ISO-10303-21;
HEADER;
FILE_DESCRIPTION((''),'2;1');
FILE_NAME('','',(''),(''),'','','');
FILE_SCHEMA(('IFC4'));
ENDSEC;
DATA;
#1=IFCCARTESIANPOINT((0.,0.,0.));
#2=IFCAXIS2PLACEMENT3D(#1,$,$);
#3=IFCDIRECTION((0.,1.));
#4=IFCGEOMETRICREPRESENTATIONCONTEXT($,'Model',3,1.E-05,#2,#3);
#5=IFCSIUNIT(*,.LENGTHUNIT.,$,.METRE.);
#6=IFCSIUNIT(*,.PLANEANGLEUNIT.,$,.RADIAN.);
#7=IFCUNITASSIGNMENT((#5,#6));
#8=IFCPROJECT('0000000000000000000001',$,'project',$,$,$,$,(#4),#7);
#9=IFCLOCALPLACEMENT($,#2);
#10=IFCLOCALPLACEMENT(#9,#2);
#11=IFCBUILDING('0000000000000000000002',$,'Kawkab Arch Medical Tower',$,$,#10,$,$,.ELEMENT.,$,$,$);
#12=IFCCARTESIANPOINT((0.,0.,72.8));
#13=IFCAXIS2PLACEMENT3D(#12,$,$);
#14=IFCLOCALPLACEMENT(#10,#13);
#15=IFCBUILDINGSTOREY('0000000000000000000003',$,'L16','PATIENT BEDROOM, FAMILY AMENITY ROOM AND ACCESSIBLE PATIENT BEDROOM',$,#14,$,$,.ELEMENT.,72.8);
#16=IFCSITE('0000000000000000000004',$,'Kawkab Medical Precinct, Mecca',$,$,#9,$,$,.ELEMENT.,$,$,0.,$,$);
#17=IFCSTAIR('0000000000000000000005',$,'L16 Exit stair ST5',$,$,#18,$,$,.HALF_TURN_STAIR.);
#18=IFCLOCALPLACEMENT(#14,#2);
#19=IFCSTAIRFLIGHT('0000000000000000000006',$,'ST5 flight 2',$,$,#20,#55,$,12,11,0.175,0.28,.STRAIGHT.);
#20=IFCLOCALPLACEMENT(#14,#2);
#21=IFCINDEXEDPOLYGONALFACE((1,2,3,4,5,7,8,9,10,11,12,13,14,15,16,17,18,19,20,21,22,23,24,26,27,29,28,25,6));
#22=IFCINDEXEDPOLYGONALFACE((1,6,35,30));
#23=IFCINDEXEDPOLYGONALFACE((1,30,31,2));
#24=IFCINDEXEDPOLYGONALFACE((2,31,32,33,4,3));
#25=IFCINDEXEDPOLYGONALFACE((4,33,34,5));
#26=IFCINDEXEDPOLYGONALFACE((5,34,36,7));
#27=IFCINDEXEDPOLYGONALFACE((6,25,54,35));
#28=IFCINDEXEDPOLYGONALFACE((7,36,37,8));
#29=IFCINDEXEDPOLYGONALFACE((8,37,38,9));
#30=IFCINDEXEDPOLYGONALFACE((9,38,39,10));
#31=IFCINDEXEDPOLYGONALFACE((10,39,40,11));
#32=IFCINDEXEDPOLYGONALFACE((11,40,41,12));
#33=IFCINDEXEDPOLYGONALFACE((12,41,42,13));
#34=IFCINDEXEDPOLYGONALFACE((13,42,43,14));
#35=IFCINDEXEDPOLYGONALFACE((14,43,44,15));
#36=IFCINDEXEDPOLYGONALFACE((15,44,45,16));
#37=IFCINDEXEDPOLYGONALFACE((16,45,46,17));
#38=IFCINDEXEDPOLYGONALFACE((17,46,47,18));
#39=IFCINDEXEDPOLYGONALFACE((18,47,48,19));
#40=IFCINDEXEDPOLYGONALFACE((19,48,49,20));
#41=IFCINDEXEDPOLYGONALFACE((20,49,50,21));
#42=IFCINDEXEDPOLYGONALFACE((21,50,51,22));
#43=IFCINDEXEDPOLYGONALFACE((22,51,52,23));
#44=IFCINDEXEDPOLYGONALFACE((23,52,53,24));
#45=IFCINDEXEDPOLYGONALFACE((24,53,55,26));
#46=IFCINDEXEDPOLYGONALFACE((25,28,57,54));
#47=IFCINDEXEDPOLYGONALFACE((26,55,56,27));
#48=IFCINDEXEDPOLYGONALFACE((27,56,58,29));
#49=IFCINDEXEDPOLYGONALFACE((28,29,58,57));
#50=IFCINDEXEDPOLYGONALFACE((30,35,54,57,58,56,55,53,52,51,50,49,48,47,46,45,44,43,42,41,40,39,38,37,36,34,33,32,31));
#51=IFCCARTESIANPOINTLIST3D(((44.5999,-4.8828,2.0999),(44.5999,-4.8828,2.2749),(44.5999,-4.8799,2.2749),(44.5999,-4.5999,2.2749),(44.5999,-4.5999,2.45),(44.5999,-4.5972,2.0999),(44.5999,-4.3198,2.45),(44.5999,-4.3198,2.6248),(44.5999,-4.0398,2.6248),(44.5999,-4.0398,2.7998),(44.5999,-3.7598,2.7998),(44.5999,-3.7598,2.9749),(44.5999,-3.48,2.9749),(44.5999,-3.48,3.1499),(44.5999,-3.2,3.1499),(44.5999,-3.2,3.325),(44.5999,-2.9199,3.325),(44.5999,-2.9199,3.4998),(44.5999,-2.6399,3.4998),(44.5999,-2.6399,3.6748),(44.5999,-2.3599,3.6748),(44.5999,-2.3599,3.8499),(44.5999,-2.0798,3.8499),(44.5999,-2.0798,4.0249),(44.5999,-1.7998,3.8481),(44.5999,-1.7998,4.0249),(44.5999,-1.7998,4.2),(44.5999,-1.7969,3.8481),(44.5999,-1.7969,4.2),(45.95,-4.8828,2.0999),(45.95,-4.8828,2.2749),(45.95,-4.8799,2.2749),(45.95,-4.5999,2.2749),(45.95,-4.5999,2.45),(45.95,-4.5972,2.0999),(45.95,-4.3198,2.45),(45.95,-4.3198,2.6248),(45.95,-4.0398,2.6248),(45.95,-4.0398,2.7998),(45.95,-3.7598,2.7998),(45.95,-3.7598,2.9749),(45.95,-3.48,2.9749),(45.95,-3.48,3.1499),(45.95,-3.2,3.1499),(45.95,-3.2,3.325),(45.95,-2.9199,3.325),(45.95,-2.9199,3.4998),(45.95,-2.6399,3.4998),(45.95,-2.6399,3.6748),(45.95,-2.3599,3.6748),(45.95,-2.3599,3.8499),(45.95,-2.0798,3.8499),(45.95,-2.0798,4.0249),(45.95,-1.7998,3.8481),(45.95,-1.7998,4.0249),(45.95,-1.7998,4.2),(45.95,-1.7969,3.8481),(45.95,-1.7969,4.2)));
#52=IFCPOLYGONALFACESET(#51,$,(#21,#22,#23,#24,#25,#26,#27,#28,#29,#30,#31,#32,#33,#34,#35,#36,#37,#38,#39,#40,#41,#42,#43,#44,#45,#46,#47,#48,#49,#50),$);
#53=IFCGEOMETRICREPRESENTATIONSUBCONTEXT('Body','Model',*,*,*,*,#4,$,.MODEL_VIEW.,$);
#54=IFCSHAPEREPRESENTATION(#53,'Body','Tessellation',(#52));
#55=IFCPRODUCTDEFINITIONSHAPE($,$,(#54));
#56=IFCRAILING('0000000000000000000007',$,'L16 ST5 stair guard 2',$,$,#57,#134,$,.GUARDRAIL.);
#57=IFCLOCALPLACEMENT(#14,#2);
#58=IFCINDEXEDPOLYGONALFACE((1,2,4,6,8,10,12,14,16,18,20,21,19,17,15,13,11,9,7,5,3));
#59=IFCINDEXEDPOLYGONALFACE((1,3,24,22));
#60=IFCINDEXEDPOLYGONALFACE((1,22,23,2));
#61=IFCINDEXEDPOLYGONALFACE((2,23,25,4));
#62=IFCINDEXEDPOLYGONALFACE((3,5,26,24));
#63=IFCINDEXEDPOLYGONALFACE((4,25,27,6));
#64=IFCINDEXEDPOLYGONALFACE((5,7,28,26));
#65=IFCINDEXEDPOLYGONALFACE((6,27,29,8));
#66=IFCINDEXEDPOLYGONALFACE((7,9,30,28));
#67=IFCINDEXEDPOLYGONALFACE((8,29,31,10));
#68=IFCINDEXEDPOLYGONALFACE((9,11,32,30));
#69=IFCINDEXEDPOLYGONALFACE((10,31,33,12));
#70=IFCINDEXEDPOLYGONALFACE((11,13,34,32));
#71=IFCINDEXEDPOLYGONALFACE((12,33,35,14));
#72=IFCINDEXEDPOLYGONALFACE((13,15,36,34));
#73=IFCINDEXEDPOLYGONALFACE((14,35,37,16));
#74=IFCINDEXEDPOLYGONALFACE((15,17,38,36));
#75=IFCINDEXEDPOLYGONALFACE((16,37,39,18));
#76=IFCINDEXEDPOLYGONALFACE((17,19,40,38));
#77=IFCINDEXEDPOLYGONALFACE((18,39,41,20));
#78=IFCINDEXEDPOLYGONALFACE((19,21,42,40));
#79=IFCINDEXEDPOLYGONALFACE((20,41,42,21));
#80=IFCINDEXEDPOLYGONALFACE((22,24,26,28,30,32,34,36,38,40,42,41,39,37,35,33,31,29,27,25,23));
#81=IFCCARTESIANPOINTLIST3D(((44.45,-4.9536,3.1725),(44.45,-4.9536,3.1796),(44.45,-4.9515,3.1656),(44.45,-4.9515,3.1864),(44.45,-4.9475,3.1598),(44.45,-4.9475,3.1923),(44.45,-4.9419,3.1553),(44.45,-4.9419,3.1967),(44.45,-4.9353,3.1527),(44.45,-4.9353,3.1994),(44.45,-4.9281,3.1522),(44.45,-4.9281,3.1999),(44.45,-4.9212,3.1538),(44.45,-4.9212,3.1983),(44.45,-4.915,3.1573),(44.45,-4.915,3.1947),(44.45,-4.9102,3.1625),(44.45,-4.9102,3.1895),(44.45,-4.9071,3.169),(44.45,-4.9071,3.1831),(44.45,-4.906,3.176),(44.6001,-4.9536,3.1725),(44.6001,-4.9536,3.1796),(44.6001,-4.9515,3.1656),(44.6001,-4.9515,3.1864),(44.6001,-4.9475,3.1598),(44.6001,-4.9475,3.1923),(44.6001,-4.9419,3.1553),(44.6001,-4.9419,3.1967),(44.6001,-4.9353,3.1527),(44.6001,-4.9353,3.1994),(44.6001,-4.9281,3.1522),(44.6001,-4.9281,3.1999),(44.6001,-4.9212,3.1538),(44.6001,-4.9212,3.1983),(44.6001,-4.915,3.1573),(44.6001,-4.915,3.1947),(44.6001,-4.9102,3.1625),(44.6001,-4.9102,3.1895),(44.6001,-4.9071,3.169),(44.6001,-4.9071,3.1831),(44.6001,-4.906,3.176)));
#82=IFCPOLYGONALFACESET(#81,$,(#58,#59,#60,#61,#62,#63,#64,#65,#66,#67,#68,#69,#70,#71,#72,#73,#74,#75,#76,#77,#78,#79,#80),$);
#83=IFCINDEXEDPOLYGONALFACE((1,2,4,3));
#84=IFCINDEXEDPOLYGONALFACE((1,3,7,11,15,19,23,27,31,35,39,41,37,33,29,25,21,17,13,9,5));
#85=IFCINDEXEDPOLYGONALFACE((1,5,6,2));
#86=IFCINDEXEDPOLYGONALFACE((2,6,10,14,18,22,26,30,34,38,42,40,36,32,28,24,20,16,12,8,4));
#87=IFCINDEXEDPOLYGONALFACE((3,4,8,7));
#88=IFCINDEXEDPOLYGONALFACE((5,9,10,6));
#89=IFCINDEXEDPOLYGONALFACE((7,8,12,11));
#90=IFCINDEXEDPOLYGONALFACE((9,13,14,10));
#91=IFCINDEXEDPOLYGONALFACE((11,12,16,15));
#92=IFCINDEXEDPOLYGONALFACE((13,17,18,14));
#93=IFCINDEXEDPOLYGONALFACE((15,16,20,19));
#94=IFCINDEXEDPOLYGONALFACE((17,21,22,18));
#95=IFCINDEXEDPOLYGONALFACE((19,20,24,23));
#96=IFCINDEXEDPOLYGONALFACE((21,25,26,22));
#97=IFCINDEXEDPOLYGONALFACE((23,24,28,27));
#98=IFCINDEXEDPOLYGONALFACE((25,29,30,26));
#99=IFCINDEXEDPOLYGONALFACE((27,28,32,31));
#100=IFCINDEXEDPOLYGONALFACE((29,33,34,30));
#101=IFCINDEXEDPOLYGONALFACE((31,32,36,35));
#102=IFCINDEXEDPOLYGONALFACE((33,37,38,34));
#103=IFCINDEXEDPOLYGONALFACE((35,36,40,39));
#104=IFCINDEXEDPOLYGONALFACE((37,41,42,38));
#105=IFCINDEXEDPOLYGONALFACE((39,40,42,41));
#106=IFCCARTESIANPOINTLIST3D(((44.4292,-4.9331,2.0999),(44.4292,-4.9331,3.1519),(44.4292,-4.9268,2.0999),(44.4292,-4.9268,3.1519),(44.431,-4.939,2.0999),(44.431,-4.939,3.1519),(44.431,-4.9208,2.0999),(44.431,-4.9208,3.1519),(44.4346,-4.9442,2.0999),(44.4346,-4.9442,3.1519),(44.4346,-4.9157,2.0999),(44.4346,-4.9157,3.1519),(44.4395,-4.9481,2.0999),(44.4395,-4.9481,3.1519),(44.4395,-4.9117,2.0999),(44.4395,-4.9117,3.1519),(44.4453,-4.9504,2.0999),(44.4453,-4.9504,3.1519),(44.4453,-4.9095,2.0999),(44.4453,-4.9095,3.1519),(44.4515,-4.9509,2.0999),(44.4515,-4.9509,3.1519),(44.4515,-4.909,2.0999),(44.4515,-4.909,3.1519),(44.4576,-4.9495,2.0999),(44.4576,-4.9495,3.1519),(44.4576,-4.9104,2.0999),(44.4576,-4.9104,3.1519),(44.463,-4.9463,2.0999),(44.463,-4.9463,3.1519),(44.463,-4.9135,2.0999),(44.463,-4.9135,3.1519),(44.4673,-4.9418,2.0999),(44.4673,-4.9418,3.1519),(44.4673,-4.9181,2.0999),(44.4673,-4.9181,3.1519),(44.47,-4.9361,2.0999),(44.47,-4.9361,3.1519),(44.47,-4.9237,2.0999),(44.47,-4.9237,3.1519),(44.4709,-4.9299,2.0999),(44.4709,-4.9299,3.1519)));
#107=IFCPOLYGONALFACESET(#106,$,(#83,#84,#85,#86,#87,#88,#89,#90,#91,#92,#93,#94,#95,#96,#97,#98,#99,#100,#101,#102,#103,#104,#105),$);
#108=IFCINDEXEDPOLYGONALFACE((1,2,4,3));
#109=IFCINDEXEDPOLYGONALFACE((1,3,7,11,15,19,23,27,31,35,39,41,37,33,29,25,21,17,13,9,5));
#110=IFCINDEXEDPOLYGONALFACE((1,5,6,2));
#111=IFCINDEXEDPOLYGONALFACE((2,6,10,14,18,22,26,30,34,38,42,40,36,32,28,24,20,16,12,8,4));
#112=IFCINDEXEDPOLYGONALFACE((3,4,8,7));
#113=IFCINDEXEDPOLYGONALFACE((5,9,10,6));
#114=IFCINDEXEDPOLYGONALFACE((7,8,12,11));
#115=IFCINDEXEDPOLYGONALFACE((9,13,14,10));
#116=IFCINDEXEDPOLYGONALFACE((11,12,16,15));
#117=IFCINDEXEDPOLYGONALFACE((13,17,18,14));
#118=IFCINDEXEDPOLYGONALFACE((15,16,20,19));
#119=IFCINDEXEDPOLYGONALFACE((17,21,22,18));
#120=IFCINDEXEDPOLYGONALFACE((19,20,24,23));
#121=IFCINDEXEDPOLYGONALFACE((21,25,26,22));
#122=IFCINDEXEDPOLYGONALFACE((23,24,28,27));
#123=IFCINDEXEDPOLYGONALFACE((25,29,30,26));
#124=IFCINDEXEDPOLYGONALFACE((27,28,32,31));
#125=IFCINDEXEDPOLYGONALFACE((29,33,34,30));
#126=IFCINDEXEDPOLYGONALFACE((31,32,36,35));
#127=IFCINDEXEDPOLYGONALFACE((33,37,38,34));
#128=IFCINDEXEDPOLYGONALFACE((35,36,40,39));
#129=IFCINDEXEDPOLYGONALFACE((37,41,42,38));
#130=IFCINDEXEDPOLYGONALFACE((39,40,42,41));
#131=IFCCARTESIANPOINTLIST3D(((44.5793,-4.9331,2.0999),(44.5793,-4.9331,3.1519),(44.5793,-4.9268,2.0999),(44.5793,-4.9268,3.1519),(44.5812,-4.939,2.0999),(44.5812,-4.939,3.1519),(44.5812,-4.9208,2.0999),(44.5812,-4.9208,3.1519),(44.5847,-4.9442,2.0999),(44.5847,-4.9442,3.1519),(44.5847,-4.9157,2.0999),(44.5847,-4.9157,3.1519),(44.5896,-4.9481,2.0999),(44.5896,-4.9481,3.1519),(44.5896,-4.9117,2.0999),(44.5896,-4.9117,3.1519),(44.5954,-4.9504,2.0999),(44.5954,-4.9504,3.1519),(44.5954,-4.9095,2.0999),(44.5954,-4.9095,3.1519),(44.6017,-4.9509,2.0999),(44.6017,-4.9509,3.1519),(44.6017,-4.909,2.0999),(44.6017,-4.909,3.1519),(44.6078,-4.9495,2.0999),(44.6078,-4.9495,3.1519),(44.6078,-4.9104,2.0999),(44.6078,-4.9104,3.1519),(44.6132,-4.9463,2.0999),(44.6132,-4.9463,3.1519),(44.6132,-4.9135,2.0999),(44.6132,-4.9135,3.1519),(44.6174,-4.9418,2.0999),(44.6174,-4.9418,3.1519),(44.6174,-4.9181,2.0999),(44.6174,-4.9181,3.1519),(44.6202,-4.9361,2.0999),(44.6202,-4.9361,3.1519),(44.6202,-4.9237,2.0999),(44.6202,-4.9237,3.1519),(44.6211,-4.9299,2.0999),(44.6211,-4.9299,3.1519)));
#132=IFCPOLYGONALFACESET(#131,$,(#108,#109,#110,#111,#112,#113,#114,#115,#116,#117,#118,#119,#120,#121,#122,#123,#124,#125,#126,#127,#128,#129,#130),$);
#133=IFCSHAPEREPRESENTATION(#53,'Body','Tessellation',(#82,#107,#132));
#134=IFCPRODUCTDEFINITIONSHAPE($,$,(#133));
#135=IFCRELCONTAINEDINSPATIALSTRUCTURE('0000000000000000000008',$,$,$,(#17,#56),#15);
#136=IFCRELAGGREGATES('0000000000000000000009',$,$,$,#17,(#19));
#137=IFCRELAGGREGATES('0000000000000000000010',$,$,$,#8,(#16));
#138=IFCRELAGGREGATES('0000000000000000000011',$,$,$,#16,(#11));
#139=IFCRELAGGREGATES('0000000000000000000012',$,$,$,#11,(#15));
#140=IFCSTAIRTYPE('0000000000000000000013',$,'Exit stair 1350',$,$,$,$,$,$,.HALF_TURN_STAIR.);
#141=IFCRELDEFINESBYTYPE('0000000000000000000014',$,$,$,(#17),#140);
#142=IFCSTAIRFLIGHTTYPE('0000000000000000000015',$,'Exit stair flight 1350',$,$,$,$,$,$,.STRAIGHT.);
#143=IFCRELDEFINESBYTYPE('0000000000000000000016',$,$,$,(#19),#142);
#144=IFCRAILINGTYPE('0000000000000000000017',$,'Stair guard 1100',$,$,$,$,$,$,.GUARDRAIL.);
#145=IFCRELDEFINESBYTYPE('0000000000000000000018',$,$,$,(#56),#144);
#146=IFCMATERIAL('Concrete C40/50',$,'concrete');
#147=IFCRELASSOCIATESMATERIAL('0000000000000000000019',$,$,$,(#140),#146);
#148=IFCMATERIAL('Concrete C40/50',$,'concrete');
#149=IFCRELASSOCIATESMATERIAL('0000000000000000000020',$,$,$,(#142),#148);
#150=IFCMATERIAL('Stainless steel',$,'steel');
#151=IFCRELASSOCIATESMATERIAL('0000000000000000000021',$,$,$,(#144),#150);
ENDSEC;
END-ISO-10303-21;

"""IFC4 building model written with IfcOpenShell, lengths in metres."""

from ifc_helpers import new_model, si_unit, direction, frame, origin, origin_2d, place, context, subcontext, project, spatial, polyline, circle, outline, extrude, material, type_object, element, aggregate, save


model = new_model("IFC4")

# Units and contexts
model_context = context("Model", 3, precision=1e-05, world=origin(), true_north=direction((0.0, 1.0)))
body_context = subcontext(model_context, "Body", "Model", "MODEL_VIEW")
ifc_project = project(units=[si_unit("LENGTHUNIT", "METRE"), si_unit("PLANEANGLEUNIT", "RADIAN")], contexts=[model_context])

# Site, building, storey
site_placement = place(None, origin())
site = spatial("IfcSite", under=ifc_project, at=site_placement, Name="Kawkab Medical Precinct, Mecca", CompositionType="ELEMENT", RefElevation=0.0)
building_placement = place(site_placement, origin())
building = spatial("IfcBuilding", under=site, at=building_placement, Name="Kawkab Arch Medical Tower", CompositionType="ELEMENT")
storey_placement = place(building_placement, frame((0.0, 0.0, 72.8)))
storey = spatial("IfcBuildingStorey", under=building, at=storey_placement, Name="L16", Description="PATIENT BEDROOM, FAMILY AMENITY ROOM AND ACCESSIBLE PATIENT BEDROOM", CompositionType="ELEMENT", Elevation=72.8)

# Stair, stair flight
ifc_material_1 = material(Name="Concrete C40/50", Category="concrete")
stair_type = type_object("IfcStairType", Name="Exit stair 1350", PredefinedType="HALF_TURN_STAIR", material=ifc_material_1)
stair_placement = place(storey_placement, origin())
stair = element("IfcStair", 1, at=stair_placement, inside=storey, type_object=stair_type, Name="L16 Exit stair ST5", PredefinedType="HALF_TURN_STAIR")
ifc_material_2 = material(Name="Concrete C40/50", Category="concrete")
stair_flight_type = type_object("IfcStairFlightType", Name="Exit stair flight 1350", PredefinedType="STRAIGHT", material=ifc_material_2)
stair_flight_placement = place(storey_placement, frame((45.2749, -4.8799, 2.0999), z_axis=(0.0, 0.0, 1.0), x_axis=(0.0, 1.0, 0.0)))
stair_flight = element("IfcStairFlight", 2, at=stair_flight_placement, type_object=stair_flight_type, Name="ST5 flight 2", NumberOfRisers=12, NumberOfTreads=11, PredefinedType="STRAIGHT", RiserHeight=0.175, TreadLength=0.28, context=body_context, shape_type="SweptSolid", body=[
    extrude(outline(polyline([(-0.0029, 0.0), (-0.0029, 0.175), (0.0, 0.175), (0.28, 0.175), (0.28, 0.3501), (0.5601, 0.3501), (0.5601, 0.5249), (0.8401, 0.5249), (0.8401, 0.7), (1.1201, 0.7), (1.1201, 0.875), (1.3999, 0.875), (1.3999, 1.05), (1.6799, 1.05), (1.6799, 1.2251), (1.96, 1.2251), (1.96, 1.3999), (2.24, 1.3999), (2.24, 1.575), (2.52, 1.575), (2.52, 1.75), (2.8, 1.75), (2.8, 1.925), (3.0801, 1.925), (3.0801, 2.1001), (3.083, 2.1001), (3.083, 1.7483), (3.0801, 1.7483), (0.2827, 0.0), (-0.0029, 0.0)])), frame((0.0, 0.675, 0.0), z_axis=(0.0, -1.0, 0.0), x_axis=(1.0, 0.0, 0.0)), (0.0, 0.0, 1.0), 1.3501),
])
aggregate(stair, [stair_flight])

# Railing
ifc_material_3 = material(Name="Stainless steel", Category="steel")
railing_type = type_object("IfcRailingType", Name="Stair guard 1100", PredefinedType="GUARDRAIL", material=ifc_material_3)
railing_1_placement = place(storey_placement, frame((44.45, -4.9299, 2.0999)))
element("IfcRailing", 3, at=railing_1_placement, inside=storey, type_object=railing_type, Name="L16 ST5 stair guard 2", PredefinedType="GUARDRAIL", context=body_context, shape_type="SweptSolid", body=[
    extrude(circle(Radius=0.0239, at=origin_2d()), frame((0.0, 0.0, 1.0762), z_axis=(1.0, 0.0, 0.0), x_axis=(0.0, 1.0, 0.0)), (0.0, 0.0, 1.0), 0.1501),
    extrude(circle(Radius=0.021, at=origin_2d()), origin(), (0.0, 0.0, 1.0), 1.052),
    extrude(circle(Radius=0.021, at=origin_2d()), frame((0.1501, 0.0, 0.0)), (0.0, 0.0, 1.0), 1.052),
])

save(model, "model.ifc")
